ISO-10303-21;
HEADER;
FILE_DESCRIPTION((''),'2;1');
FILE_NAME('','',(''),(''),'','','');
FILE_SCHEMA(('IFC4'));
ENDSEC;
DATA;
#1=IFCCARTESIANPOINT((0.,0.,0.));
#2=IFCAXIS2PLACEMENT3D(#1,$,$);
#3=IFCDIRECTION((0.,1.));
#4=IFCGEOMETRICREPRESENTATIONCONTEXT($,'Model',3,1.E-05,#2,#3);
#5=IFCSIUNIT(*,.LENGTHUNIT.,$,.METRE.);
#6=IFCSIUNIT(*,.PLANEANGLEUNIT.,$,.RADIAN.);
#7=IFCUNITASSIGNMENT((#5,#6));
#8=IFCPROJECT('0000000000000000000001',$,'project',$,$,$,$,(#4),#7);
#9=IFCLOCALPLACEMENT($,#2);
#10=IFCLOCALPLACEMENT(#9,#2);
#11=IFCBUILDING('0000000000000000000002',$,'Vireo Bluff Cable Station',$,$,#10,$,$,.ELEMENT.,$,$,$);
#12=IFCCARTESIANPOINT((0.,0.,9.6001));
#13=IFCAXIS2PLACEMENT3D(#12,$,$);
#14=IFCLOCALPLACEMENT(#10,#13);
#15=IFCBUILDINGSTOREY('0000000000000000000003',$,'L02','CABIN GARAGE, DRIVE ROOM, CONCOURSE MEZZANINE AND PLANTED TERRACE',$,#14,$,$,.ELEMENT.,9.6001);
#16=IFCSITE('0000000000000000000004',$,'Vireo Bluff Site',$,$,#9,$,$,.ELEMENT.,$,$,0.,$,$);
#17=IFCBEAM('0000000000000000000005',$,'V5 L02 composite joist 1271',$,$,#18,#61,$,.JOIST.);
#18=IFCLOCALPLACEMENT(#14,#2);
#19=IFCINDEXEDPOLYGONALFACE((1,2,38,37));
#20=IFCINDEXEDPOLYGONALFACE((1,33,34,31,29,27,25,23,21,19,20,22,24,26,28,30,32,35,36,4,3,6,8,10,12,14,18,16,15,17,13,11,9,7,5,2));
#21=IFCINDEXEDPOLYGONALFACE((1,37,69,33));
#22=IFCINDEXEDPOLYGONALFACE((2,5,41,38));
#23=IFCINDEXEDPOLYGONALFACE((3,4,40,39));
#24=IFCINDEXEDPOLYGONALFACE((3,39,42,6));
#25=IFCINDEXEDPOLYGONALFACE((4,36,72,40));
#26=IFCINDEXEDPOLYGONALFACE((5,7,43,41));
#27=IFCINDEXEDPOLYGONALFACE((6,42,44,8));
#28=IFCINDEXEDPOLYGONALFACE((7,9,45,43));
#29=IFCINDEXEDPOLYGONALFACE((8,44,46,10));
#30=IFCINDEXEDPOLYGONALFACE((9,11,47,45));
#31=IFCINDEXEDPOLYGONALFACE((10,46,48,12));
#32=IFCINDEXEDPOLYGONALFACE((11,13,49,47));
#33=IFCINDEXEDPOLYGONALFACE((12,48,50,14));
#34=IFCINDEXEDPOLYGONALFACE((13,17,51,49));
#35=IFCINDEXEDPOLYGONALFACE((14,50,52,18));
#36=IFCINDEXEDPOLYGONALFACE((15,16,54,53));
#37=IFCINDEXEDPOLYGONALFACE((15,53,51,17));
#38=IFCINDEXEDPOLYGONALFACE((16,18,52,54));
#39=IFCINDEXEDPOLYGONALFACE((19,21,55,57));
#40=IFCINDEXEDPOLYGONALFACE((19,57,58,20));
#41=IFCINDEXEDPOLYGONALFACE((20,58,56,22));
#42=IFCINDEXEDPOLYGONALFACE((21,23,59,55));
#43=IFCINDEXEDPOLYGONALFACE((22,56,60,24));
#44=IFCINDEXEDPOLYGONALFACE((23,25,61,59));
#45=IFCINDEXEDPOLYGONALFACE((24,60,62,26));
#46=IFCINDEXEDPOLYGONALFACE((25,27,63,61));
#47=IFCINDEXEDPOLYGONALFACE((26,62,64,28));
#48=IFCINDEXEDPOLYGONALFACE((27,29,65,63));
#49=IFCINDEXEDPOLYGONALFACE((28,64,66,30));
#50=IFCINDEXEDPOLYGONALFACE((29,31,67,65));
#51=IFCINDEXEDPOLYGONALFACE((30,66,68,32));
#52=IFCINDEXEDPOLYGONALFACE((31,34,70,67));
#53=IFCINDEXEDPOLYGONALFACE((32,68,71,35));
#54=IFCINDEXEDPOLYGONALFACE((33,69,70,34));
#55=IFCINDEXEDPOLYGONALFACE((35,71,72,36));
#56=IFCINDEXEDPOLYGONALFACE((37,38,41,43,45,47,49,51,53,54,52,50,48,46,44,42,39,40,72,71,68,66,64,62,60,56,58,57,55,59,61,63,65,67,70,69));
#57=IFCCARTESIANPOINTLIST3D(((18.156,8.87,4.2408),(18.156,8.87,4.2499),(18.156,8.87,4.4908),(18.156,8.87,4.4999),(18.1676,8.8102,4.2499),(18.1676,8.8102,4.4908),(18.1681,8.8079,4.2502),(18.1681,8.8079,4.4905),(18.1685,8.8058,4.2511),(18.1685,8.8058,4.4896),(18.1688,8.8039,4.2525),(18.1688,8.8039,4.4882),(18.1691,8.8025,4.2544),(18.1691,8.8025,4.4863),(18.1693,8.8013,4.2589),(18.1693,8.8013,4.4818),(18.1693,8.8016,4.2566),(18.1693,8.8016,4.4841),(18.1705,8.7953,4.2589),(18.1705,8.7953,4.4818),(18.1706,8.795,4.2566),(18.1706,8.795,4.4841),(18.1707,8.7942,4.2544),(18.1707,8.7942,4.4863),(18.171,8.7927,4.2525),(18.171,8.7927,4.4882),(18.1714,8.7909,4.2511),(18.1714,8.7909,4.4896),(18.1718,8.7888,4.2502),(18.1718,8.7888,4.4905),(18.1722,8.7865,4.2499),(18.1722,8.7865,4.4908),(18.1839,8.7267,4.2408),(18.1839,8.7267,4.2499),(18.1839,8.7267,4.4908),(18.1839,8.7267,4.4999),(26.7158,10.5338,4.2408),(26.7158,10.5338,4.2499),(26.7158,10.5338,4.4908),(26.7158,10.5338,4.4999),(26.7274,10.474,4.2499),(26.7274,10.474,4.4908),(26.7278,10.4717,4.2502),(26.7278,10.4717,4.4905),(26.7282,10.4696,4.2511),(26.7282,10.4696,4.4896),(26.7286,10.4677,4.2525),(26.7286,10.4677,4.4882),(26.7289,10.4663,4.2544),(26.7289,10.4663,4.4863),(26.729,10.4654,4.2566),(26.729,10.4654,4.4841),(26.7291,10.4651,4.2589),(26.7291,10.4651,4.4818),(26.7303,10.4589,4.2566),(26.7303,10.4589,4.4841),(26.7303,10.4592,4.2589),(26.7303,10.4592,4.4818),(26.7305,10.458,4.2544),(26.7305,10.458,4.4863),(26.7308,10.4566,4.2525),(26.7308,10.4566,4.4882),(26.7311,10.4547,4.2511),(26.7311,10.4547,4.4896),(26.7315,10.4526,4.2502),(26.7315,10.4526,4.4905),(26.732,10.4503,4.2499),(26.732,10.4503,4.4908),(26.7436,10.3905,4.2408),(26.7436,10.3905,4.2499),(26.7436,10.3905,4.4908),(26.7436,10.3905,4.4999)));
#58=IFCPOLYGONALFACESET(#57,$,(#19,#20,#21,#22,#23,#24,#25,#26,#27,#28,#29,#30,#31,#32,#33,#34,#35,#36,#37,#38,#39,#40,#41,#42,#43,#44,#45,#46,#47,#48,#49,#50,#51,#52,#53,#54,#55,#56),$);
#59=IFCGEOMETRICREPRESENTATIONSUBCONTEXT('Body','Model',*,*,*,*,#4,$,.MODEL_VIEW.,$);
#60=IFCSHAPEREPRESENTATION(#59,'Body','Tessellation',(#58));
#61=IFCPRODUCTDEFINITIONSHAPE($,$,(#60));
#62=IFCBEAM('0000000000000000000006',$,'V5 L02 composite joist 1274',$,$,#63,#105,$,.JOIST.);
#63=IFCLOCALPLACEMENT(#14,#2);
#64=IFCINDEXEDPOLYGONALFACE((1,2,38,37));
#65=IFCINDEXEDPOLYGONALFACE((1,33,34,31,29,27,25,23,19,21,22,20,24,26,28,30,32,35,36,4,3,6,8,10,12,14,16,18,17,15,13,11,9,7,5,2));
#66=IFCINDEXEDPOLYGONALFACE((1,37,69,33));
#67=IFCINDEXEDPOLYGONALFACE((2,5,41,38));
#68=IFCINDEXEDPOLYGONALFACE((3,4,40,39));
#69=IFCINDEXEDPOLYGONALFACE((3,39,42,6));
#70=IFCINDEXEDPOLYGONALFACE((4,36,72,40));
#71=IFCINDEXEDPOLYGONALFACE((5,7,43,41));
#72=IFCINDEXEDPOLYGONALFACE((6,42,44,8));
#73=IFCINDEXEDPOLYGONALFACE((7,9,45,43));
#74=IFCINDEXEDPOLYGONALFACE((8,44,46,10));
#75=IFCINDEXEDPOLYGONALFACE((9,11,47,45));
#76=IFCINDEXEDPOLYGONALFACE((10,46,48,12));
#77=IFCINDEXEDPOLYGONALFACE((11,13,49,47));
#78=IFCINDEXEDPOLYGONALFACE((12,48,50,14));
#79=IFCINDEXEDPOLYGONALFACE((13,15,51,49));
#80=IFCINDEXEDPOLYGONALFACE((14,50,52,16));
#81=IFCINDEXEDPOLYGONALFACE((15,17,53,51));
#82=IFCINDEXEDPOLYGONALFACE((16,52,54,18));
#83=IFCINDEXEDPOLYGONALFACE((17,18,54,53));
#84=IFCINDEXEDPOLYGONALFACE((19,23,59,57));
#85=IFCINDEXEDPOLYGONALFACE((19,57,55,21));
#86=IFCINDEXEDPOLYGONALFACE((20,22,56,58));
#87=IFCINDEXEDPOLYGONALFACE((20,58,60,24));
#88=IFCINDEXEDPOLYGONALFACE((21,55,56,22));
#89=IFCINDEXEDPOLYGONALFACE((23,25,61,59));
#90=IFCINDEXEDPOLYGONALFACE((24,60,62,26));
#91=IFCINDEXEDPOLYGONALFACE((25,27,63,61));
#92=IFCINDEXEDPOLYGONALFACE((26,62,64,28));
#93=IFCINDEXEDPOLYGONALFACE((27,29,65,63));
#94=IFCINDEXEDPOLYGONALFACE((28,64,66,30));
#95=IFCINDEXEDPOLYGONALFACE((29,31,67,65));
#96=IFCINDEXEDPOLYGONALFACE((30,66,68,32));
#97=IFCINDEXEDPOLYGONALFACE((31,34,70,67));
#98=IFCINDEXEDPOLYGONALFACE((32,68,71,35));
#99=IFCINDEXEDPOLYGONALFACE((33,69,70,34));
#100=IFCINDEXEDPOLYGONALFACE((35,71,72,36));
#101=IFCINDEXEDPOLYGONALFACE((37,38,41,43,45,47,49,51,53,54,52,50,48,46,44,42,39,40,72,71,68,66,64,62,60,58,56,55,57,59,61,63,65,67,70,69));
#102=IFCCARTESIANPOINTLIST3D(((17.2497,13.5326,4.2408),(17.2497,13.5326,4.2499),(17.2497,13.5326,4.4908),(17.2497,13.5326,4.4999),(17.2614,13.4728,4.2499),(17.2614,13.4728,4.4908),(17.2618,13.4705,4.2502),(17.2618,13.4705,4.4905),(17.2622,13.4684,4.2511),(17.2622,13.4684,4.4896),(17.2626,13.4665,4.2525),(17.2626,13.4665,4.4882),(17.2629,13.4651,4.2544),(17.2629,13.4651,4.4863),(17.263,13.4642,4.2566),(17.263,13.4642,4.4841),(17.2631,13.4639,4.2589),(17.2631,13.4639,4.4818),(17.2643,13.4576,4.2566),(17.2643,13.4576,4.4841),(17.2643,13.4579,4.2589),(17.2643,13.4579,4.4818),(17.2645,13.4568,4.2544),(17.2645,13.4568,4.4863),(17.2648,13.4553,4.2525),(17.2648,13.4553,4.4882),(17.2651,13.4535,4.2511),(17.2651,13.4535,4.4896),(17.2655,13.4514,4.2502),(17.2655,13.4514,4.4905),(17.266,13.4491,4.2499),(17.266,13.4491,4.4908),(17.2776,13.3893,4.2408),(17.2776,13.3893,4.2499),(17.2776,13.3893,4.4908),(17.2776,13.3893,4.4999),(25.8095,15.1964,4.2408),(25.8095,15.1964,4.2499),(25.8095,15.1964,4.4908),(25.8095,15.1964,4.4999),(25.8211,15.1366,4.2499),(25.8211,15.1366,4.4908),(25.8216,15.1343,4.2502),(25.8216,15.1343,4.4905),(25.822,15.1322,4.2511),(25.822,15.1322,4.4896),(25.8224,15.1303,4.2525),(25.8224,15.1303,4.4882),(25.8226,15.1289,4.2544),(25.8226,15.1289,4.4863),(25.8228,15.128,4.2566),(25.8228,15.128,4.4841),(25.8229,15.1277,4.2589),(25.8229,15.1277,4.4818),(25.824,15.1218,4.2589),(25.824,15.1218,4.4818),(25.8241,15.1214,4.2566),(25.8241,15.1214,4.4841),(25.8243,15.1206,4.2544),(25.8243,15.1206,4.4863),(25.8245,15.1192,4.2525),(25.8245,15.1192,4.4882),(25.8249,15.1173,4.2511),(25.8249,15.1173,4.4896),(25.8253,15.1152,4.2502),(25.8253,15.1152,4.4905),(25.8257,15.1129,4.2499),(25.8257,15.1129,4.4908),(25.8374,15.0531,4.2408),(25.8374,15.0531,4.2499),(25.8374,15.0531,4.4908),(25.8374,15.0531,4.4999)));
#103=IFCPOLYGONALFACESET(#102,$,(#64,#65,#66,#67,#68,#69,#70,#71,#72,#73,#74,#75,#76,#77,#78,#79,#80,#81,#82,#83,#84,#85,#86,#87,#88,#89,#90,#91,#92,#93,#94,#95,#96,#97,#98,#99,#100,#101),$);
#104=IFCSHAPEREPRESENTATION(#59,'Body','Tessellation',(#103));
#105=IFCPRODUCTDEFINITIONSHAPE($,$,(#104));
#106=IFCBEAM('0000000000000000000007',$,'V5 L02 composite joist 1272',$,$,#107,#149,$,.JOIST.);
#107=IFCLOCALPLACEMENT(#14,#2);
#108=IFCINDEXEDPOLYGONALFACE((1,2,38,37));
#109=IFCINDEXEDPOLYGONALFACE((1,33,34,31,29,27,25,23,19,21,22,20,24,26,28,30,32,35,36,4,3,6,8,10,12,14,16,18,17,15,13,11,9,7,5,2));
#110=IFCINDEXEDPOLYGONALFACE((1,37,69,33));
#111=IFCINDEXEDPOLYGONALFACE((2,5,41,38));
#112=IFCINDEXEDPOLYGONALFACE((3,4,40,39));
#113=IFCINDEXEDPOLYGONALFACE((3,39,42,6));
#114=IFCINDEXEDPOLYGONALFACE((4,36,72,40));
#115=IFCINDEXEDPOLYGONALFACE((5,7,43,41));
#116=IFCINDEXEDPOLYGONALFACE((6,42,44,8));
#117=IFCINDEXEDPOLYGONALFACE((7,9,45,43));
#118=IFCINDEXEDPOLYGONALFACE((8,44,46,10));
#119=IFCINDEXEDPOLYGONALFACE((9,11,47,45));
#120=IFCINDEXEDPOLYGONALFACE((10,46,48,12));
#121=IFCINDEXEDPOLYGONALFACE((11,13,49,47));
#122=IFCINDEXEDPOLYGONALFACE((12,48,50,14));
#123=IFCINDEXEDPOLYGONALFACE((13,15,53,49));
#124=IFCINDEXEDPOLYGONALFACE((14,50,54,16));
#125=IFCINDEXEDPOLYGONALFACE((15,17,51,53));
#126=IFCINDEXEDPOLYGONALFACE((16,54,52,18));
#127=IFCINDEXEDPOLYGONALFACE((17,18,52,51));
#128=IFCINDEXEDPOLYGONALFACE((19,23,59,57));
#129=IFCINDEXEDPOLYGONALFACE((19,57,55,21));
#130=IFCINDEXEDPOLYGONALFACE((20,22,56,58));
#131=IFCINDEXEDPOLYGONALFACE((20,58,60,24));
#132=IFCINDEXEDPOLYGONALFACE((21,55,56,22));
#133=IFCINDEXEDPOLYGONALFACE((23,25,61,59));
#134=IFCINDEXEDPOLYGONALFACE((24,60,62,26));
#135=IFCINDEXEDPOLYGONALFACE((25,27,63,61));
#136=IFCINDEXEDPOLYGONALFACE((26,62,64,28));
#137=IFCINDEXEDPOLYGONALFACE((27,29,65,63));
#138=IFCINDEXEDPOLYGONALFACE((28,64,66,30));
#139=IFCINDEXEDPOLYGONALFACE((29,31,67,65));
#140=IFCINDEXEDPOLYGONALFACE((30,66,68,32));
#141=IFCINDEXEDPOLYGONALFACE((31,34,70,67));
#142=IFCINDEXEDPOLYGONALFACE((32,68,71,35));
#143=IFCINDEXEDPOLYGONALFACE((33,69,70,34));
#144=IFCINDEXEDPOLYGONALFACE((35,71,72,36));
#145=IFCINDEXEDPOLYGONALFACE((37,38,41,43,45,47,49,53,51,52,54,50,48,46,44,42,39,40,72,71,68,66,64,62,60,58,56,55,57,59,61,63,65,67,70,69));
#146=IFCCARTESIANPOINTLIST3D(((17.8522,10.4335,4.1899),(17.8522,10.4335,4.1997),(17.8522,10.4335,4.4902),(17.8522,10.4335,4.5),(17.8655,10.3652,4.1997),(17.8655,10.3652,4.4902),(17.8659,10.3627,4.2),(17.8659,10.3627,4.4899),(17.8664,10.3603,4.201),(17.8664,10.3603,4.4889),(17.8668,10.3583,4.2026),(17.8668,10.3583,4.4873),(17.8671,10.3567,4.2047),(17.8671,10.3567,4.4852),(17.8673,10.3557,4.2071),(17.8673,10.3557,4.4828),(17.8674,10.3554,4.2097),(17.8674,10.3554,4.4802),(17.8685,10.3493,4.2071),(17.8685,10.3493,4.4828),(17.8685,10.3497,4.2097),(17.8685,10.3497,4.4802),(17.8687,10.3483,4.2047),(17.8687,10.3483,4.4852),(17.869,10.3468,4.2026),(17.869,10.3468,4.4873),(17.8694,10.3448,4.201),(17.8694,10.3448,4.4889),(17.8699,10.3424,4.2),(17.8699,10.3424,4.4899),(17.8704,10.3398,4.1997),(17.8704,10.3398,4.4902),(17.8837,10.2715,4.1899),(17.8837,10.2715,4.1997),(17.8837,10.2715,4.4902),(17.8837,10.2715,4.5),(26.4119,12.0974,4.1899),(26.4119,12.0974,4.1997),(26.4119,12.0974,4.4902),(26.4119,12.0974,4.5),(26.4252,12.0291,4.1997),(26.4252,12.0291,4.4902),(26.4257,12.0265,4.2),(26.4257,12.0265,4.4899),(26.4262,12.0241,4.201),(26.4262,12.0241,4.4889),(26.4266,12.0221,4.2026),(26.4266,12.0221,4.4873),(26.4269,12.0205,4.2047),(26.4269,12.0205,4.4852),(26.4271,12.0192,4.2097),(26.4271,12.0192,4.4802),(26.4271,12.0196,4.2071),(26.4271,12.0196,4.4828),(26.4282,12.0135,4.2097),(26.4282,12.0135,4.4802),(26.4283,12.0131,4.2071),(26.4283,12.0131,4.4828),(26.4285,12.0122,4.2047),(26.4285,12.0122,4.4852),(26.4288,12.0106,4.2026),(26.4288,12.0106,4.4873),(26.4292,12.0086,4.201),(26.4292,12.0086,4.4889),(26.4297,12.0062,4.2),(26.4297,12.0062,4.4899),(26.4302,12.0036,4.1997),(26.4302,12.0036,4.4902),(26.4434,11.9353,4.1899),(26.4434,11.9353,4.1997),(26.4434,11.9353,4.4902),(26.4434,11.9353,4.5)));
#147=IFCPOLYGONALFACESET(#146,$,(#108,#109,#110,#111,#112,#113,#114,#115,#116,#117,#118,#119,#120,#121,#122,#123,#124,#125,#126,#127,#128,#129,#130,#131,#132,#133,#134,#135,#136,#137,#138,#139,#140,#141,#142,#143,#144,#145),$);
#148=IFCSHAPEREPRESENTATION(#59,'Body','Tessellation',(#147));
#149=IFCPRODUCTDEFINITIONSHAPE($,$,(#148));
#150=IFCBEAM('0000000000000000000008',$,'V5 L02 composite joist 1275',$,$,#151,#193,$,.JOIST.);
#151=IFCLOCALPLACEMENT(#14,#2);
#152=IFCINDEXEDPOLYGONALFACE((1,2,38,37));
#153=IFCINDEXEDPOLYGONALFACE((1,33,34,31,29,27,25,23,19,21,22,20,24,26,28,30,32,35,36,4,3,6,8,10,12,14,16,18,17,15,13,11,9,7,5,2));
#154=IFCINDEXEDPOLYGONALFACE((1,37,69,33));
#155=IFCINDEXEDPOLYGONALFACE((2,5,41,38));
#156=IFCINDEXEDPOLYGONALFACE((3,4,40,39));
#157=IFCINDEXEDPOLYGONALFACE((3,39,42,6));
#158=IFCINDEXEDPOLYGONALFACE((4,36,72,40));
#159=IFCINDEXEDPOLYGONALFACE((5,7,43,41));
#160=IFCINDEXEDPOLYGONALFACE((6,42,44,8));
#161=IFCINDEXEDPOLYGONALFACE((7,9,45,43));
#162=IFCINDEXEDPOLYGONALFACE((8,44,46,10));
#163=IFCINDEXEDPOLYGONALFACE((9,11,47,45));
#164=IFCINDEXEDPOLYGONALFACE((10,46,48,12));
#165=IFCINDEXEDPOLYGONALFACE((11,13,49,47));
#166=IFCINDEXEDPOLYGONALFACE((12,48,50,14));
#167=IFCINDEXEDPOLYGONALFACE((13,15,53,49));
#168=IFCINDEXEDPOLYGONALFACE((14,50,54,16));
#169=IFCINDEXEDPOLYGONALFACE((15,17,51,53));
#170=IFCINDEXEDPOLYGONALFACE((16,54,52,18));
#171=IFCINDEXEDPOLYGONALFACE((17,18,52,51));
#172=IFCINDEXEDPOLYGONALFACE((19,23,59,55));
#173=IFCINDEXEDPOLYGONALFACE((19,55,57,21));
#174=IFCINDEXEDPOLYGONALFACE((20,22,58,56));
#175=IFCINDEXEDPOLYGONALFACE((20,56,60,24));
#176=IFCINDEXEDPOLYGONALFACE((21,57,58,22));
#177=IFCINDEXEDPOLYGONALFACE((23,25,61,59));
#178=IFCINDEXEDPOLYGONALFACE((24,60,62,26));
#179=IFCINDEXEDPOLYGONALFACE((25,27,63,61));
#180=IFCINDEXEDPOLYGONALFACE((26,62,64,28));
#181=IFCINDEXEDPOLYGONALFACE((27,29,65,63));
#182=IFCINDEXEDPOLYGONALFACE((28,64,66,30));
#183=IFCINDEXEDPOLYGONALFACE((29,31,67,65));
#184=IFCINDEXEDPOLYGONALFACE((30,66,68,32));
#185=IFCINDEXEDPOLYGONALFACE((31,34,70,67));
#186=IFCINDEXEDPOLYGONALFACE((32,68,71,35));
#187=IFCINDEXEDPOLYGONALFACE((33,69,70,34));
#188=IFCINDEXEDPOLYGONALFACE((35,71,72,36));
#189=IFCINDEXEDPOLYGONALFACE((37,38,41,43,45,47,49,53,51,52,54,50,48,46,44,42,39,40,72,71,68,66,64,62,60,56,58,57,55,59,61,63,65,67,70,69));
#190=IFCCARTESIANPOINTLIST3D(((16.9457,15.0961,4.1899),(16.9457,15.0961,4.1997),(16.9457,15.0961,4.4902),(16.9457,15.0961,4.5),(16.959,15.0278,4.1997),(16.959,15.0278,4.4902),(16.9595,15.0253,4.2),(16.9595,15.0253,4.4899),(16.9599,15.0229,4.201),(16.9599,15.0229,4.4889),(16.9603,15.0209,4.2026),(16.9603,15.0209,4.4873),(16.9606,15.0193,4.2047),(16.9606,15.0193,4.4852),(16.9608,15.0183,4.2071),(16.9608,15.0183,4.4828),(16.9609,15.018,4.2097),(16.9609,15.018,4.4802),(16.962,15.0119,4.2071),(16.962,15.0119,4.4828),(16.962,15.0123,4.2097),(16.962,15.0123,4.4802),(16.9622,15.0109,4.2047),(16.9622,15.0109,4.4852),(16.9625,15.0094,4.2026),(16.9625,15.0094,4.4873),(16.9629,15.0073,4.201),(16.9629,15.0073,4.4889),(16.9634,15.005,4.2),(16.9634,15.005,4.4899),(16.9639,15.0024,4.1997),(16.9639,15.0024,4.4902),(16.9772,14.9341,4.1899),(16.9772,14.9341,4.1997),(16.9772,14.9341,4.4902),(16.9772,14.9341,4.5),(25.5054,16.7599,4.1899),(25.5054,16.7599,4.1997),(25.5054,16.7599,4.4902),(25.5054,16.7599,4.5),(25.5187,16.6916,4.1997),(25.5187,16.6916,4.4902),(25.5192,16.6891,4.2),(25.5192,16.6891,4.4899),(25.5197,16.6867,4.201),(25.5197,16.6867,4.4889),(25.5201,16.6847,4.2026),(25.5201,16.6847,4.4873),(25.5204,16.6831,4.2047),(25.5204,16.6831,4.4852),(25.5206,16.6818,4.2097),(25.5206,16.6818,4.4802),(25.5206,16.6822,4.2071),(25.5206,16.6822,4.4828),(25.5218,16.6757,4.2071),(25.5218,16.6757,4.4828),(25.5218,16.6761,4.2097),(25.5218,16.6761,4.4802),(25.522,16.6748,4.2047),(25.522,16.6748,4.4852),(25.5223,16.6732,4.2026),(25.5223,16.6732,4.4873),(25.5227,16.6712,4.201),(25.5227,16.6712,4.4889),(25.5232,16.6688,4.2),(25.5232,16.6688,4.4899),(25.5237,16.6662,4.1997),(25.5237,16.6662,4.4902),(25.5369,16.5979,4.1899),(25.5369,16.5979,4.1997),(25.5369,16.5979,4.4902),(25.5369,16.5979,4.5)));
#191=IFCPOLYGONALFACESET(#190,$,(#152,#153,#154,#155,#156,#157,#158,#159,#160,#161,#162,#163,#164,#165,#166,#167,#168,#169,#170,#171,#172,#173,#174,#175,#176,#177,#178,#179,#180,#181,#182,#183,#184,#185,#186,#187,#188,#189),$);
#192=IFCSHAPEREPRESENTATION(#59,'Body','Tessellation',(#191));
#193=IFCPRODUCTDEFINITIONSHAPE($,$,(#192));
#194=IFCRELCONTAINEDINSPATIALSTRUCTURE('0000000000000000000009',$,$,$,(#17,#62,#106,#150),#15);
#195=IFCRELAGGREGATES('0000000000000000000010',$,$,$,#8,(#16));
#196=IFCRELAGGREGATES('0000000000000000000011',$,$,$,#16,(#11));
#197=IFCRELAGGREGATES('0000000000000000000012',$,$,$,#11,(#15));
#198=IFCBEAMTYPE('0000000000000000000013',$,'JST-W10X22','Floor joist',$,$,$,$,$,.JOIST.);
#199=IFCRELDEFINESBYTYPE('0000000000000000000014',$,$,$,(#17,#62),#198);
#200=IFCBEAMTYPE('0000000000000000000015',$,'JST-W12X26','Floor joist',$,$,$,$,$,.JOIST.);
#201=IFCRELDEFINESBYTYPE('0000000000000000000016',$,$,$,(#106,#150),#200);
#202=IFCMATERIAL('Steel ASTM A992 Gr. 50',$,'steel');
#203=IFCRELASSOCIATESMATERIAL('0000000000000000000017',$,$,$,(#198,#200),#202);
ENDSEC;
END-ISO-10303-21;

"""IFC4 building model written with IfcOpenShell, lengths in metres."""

from ifc_helpers import new_model, si_unit, direction, frame, origin, origin_2d, place, context, subcontext, project, spatial, i_section, extrude, material, material_profile, profile_set, type_object, element, save


model = new_model("IFC4")

# Units and contexts
model_context = context("Model", 3, precision=1e-05, world=origin(), true_north=direction((0.0, 1.0)))
body_context = subcontext(model_context, "Body", "Model", "MODEL_VIEW")
ifc_project = project(units=[si_unit("LENGTHUNIT", "METRE"), si_unit("PLANEANGLEUNIT", "RADIAN")], contexts=[model_context])

# Site, building, storey
site_placement = place(None, origin())
site = spatial("IfcSite", under=ifc_project, at=site_placement, Name="Vireo Bluff Site", CompositionType="ELEMENT", RefElevation=0.0)
building_placement = place(site_placement, origin())
building = spatial("IfcBuilding", under=site, at=building_placement, Name="Vireo Bluff Cable Station", CompositionType="ELEMENT")
storey_placement = place(building_placement, frame((0.0, 0.0, 9.6001)))
storey = spatial("IfcBuildingStorey", under=building, at=storey_placement, Name="L02", Description="CABIN GARAGE, DRIVE ROOM, CONCOURSE MEZZANINE AND PLANTED TERRACE", CompositionType="ELEMENT", Elevation=9.6001)

# Shared definitions
ifc_material_1 = material(Name="Steel ASTM A992 Gr. 50", Category="steel")

# Beams
ifc_material_profile_1 = material_profile(ifc_material_1, i_section(OverallWidth=0.146, OverallDepth=0.259, WebThickness=0.0061, FlangeThickness=0.009, FilletRadius=0.009, at=origin_2d()), Name="W10X22")
ifc_profile_set_1 = profile_set([ifc_material_profile_1], Name="Steel ASTM A992 Gr. 50")
beam_type_1 = type_object("IfcBeamType", Name="JST-W10X22", Description="Floor joist", PredefinedType="JOIST", material=ifc_profile_set_1)
for number, where, z_axis, x_axis, name in (
    (1, (18.1699, 8.7983, 4.3704), (0.981628, 0.190804, 0.0), (-0.190804, 0.981628, 0.0), "V5 L02 composite joist 1271"),
    (2, (17.2637, 13.4609, 4.3704), (0.981628, 0.190804, 0.0), (-0.190804, 0.981628, 0.0), "V5 L02 composite joist 1274"),
):
    element("IfcBeam", number, at=place(storey_placement, frame(where, z_axis=z_axis, x_axis=x_axis)), inside=storey, type_object=beam_type_1, Name=name, PredefinedType="JOIST", context=body_context, shape_type="SweptSolid", body=[
        extrude(i_section(OverallWidth=0.146, OverallDepth=0.259, WebThickness=0.0061, FlangeThickness=0.009, FilletRadius=0.009, at=origin_2d()), origin(), (0.0, 0.0, 1.0), 8.72),
    ])
ifc_material_profile_2 = material_profile(ifc_material_1, i_section(OverallWidth=0.165, OverallDepth=0.3101, WebThickness=0.0059, FlangeThickness=0.0098, FilletRadius=0.01, at=origin_2d()), Name="W12X26")
ifc_profile_set_2 = profile_set([ifc_material_profile_2], Name="Steel ASTM A992 Gr. 50")
beam_type_2 = type_object("IfcBeamType", Name="JST-W12X26", Description="Floor joist", PredefinedType="JOIST", material=ifc_profile_set_2)
for number, where, z_axis, x_axis, name in (
    (3, (17.8679, 10.3525, 4.345), (0.981628, 0.190804, 0.0), (-0.190804, 0.981628, 0.0), "V5 L02 composite joist 1272"),
    (4, (16.9614, 15.0151, 4.345), (0.981628, 0.190804, 0.0), (-0.190804, 0.981628, 0.0), "V5 L02 composite joist 1275"),
):
    element("IfcBeam", number, at=place(storey_placement, frame(where, z_axis=z_axis, x_axis=x_axis)), inside=storey, type_object=beam_type_2, Name=name, PredefinedType="JOIST", context=body_context, shape_type="SweptSolid", body=[
        extrude(i_section(OverallWidth=0.165, OverallDepth=0.3101, WebThickness=0.0059, FlangeThickness=0.0098, FilletRadius=0.01, at=origin_2d()), origin(), (0.0, 0.0, 1.0), 8.72),
    ])

save(model, "model.ifc")
